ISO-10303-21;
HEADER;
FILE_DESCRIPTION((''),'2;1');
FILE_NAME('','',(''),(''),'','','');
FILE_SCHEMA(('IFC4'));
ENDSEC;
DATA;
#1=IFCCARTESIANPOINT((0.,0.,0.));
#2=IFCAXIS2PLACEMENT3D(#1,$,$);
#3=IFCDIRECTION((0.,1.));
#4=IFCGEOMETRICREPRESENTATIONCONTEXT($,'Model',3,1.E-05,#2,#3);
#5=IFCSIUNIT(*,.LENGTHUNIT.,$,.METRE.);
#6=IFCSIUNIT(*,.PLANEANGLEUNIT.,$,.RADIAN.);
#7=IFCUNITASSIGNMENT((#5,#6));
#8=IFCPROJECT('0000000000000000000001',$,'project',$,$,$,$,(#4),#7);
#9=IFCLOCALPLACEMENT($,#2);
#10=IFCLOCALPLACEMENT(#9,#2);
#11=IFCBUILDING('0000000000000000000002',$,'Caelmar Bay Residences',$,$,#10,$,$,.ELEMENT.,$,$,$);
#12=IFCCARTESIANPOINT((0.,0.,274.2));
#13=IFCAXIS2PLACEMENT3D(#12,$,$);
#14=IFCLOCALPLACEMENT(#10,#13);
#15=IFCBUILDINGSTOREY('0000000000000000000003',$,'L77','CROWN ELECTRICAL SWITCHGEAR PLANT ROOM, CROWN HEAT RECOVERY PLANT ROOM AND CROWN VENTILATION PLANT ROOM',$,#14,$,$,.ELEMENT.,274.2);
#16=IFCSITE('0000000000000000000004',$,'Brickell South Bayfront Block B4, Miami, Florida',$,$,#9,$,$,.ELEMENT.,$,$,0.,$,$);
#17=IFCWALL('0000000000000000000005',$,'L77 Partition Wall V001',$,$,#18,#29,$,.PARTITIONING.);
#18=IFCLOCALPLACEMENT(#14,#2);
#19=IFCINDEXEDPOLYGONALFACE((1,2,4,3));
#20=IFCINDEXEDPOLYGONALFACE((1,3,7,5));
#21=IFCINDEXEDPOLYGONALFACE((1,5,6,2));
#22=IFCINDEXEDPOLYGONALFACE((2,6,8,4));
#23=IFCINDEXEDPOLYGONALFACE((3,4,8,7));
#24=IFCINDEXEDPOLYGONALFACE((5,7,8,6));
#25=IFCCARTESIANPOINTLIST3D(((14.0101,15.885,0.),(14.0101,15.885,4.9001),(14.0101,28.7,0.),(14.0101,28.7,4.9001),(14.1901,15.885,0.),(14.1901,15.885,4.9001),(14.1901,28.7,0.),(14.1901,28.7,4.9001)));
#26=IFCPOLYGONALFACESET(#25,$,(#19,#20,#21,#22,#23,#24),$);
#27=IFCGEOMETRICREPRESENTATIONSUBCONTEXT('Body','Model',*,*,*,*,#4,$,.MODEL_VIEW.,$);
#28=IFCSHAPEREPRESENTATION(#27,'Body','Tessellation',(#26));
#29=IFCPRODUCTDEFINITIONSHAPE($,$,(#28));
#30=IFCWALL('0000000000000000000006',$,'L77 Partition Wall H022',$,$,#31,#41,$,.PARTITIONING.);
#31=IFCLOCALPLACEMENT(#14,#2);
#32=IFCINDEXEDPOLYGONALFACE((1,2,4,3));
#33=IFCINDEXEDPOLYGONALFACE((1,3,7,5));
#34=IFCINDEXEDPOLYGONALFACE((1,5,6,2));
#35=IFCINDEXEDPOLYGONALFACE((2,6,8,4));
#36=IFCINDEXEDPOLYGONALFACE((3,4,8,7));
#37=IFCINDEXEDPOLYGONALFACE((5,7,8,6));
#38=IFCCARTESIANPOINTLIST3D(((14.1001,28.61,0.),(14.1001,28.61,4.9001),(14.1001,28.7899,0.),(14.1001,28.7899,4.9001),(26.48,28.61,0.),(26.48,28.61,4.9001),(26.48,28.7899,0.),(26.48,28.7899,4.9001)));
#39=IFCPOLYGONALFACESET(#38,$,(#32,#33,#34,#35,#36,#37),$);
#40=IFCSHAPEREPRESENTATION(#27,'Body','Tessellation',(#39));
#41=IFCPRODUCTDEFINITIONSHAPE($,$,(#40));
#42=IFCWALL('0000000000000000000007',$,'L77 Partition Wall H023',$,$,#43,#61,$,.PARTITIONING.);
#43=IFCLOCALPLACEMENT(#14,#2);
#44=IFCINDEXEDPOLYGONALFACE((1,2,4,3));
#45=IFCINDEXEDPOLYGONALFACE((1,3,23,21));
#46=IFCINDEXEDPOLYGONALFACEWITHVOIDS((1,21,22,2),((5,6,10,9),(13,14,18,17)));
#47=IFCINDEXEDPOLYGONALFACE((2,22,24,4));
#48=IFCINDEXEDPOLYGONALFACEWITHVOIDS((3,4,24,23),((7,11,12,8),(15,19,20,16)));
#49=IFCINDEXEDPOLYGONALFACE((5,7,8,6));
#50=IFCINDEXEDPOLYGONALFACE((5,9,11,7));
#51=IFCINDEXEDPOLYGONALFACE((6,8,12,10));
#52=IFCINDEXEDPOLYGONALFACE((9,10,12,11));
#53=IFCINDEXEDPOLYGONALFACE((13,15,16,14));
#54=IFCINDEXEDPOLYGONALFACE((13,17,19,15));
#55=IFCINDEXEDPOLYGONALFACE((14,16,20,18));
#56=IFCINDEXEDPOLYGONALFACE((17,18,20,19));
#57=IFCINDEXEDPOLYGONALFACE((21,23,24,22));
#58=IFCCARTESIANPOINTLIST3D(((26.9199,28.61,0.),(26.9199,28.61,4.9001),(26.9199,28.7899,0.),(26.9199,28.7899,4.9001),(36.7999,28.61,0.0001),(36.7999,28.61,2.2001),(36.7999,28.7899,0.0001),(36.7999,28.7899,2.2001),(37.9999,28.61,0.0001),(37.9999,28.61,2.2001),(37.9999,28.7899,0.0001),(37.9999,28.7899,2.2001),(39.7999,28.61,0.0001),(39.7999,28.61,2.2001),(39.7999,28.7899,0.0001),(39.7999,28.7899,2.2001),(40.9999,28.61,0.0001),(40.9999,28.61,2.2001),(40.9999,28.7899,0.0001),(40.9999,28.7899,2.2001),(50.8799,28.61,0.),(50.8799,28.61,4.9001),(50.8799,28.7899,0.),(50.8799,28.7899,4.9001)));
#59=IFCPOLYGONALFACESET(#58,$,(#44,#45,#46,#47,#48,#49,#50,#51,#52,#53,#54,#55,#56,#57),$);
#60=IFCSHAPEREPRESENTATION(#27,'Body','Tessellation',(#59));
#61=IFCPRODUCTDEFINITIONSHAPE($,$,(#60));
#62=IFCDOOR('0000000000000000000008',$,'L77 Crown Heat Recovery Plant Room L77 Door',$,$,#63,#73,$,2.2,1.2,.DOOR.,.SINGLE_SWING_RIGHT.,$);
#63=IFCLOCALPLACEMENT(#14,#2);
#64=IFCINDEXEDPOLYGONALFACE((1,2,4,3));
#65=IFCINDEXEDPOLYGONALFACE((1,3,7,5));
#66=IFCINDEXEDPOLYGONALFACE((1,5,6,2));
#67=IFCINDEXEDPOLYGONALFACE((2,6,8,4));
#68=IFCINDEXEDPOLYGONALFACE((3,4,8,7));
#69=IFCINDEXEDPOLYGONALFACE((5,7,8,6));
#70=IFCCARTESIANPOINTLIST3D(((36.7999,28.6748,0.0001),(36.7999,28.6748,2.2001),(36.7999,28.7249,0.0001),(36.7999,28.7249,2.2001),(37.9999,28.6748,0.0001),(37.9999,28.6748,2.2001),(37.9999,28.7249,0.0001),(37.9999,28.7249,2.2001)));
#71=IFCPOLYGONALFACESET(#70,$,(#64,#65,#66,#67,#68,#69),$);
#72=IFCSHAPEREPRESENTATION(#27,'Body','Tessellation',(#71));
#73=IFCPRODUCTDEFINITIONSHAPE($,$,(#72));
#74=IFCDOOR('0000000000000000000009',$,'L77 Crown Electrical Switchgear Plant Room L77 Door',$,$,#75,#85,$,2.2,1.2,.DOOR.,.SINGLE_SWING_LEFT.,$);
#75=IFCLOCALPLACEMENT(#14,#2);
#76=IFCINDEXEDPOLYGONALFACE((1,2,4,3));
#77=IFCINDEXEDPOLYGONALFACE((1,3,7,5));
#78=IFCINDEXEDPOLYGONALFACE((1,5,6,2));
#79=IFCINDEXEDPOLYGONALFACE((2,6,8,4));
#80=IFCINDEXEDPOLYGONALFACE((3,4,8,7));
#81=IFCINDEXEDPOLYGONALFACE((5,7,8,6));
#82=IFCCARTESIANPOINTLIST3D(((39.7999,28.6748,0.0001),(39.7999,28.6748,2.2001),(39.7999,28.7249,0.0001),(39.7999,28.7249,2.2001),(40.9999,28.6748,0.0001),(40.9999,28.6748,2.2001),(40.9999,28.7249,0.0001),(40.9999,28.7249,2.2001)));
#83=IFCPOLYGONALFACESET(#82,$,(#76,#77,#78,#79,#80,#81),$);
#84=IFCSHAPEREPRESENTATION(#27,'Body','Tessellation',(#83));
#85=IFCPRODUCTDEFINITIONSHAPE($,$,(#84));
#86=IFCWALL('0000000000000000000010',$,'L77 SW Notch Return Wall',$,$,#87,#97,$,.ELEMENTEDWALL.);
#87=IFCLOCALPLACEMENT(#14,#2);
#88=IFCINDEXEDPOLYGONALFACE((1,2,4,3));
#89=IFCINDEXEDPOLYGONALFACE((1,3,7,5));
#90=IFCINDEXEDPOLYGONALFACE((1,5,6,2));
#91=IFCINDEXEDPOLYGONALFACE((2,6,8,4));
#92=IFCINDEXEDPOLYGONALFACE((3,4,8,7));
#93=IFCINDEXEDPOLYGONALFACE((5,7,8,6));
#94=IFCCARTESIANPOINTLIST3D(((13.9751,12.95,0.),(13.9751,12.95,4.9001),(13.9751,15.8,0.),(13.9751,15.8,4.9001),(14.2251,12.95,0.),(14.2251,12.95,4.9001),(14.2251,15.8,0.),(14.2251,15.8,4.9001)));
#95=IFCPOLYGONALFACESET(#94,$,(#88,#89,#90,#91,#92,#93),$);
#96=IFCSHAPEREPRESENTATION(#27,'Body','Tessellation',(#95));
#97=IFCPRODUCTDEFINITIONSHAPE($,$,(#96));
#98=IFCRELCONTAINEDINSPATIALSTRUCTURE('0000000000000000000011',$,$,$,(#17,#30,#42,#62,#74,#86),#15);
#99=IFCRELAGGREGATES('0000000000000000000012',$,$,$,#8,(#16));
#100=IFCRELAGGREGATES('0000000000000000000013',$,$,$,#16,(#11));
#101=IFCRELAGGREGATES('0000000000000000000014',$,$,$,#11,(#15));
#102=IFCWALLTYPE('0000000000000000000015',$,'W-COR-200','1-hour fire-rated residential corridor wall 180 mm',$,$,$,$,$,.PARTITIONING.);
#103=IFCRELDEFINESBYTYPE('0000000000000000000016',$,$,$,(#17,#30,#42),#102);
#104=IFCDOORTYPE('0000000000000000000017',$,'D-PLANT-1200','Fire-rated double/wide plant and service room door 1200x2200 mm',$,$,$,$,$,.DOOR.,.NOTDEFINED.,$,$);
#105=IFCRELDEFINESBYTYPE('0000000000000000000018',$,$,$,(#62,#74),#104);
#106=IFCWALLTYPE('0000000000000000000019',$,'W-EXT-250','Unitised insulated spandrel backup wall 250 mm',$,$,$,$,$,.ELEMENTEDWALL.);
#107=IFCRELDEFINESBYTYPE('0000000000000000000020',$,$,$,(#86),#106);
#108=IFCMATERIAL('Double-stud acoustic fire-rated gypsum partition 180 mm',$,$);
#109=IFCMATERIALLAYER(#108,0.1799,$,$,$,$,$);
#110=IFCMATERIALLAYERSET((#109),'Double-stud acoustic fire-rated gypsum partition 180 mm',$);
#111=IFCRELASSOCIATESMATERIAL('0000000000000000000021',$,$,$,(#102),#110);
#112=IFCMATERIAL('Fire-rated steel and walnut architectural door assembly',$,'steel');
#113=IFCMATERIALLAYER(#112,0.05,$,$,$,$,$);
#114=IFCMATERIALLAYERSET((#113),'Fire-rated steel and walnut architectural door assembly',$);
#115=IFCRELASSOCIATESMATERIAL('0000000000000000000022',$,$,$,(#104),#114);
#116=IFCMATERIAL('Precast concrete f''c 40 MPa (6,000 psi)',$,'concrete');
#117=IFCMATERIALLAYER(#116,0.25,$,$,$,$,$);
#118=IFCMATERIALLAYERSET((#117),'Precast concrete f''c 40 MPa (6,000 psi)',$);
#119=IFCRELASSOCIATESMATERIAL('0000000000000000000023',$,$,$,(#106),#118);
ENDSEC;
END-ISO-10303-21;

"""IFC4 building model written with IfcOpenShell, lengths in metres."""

from ifc_helpers import new_model, si_unit, direction, frame, frame_2d, origin, place, context, subcontext, project, spatial, rectangle, extrude, material, layer, layer_set, type_object, element, fill, save


model = new_model("IFC4")

# Units and contexts
model_context = context("Model", 3, precision=1e-05, world=origin(), true_north=direction((0.0, 1.0)))
body_context = subcontext(model_context, "Body", "Model", "MODEL_VIEW")
ifc_project = project(units=[si_unit("LENGTHUNIT", "METRE"), si_unit("PLANEANGLEUNIT", "RADIAN")], contexts=[model_context])

# Site, building, storey
site_placement = place(None, origin())
site = spatial("IfcSite", under=ifc_project, at=site_placement, Name="Brickell South Bayfront Block B4, Miami, Florida", CompositionType="ELEMENT", RefElevation=0.0)
building_placement = place(site_placement, origin())
building = spatial("IfcBuilding", under=site, at=building_placement, Name="Caelmar Bay Residences", CompositionType="ELEMENT")
storey_placement = place(building_placement, frame((0.0, 0.0, 274.2)))
storey = spatial("IfcBuildingStorey", under=building, at=storey_placement, Name="L77", Description="CROWN ELECTRICAL SWITCHGEAR PLANT ROOM, CROWN HEAT RECOVERY PLANT ROOM AND CROWN VENTILATION PLANT ROOM", CompositionType="ELEMENT", Elevation=274.2)

# Walls
ifc_material_1 = material(Name="Double-stud acoustic fire-rated gypsum partition 180 mm")
ifc_layer_1 = layer(ifc_material_1, 0.1799)
ifc_layer_set_1 = layer_set([ifc_layer_1], Name="Double-stud acoustic fire-rated gypsum partition 180 mm")
wall_type_1 = type_object("IfcWallType", Name="W-COR-200", Description="1-hour fire-rated residential corridor wall 180 mm", PredefinedType="PARTITIONING", material=ifc_layer_set_1)
wall_1_placement = place(storey_placement, frame((14.1001, 15.885, 0.0), z_axis=(0.0, 0.0, 1.0), x_axis=(0.0, 1.0, 0.0)))
element("IfcWall", 1, at=wall_1_placement, inside=storey, type_object=wall_type_1, Name="L77 Partition Wall V001", PredefinedType="PARTITIONING", context=body_context, shape_type="SweptSolid", body=[
    extrude(rectangle(XDim=12.8149, YDim=0.1799, at=frame_2d((6.4075, 0.0))), origin(), (0.0, 0.0, 1.0), 4.9001),
])
wall_2_placement = place(storey_placement, frame((14.1001, 28.7, 0.0), z_axis=(0.0, 0.0, 1.0), x_axis=(1.0, 0.0, 0.0)))
element("IfcWall", 2, at=wall_2_placement, inside=storey, type_object=wall_type_1, Name="L77 Partition Wall H022", PredefinedType="PARTITIONING", context=body_context, shape_type="SweptSolid", body=[
    extrude(rectangle(XDim=12.3799, YDim=0.1799, at=frame_2d((6.1899, 0.0))), origin(), (0.0, 0.0, 1.0), 4.9001),
])

# Wall, openings, doors
wall_3_placement = place(storey_placement, frame((26.9199, 28.7, 0.0), z_axis=(0.0, 0.0, 1.0), x_axis=(1.0, 0.0, 0.0)))
wall_3 = element("IfcWall", 3, at=wall_3_placement, inside=storey, type_object=wall_type_1, Name="L77 Partition Wall H023", PredefinedType="PARTITIONING", context=body_context, shape_type="SweptSolid", body=[
    extrude(rectangle(XDim=23.96, YDim=0.1799, at=frame_2d((11.98, 0.0))), origin(), (0.0, 0.0, 1.0), 4.9001),
])
opening_1_placement = place(wall_3_placement, frame((9.8799, 0.0, 0.0)))
opening_1 = element("IfcOpeningElement", 4, at=opening_1_placement, cuts=wall_3, PredefinedType="OPENING", context=body_context, shape_type="SweptSolid", body=[
    extrude(rectangle(XDim=1.2, YDim=2.2, at=frame_2d((0.6001, 1.1001))), frame((0.0, 0.0999, 0.0), z_axis=(0.0, -1.0, 0.0), x_axis=(1.0, 0.0, 0.0)), (0.0, 0.0, 1.0), 0.2),
])
opening_2_placement = place(wall_3_placement, frame((12.8799, 0.0, 0.0)))
opening_2 = element("IfcOpeningElement", 5, at=opening_2_placement, cuts=wall_3, PredefinedType="OPENING", context=body_context, shape_type="SweptSolid", body=[
    extrude(rectangle(XDim=1.2, YDim=2.2, at=frame_2d((0.6001, 1.1001))), frame((0.0, 0.0999, 0.0), z_axis=(0.0, -1.0, 0.0), x_axis=(1.0, 0.0, 0.0)), (0.0, 0.0, 1.0), 0.2),
])
ifc_material_2 = material(Name="Fire-rated steel and walnut architectural door assembly", Category="steel")
ifc_layer_2 = layer(ifc_material_2, 0.05)
ifc_layer_set_2 = layer_set([ifc_layer_2], Name="Fire-rated steel and walnut architectural door assembly")
door_type = type_object("IfcDoorType", Name="D-PLANT-1200", Description="Fire-rated double/wide plant and service room door 1200x2200 mm", OperationType="NOTDEFINED", PredefinedType="DOOR", material=ifc_layer_set_2)
door_1_placement = place(opening_1_placement, origin())
door_1 = element("IfcDoor", 6, at=door_1_placement, inside=storey, type_object=door_type, Name="L77 Crown Heat Recovery Plant Room L77 Door", OperationType="SINGLE_SWING_RIGHT", OverallHeight=2.2, OverallWidth=1.2, PredefinedType="DOOR", context=body_context, shape_type="SweptSolid", body=[
    extrude(rectangle(XDim=1.2, YDim=2.2, at=frame_2d((0.6001, 1.1001))), frame((0.0, 0.0249, 0.0), z_axis=(0.0, -1.0, 0.0), x_axis=(1.0, 0.0, 0.0)), (0.0, 0.0, 1.0), 0.05),
])
fill(opening_1, door_1)
door_2_placement = place(opening_2_placement, origin())
door_2 = element("IfcDoor", 7, at=door_2_placement, inside=storey, type_object=door_type, Name="L77 Crown Electrical Switchgear Plant Room L77 Door", OperationType="SINGLE_SWING_LEFT", OverallHeight=2.2, OverallWidth=1.2, PredefinedType="DOOR", context=body_context, shape_type="SweptSolid", body=[
    extrude(rectangle(XDim=1.2, YDim=2.2, at=frame_2d((0.6001, 1.1001))), frame((0.0, 0.0249, 0.0), z_axis=(0.0, -1.0, 0.0), x_axis=(1.0, 0.0, 0.0)), (0.0, 0.0, 1.0), 0.05),
])
fill(opening_2, door_2)

# Wall
ifc_material_3 = material(Name="Precast concrete f'c 40 MPa (6,000 psi)", Category="concrete")
ifc_layer_3 = layer(ifc_material_3, 0.25)
ifc_layer_set_3 = layer_set([ifc_layer_3], Name="Precast concrete f'c 40 MPa (6,000 psi)")
wall_type_2 = type_object("IfcWallType", Name="W-EXT-250", Description="Unitised insulated spandrel backup wall 250 mm", PredefinedType="ELEMENTEDWALL", material=ifc_layer_set_3)
wall_4_placement = place(storey_placement, frame((14.1001, 15.8, 0.0), z_axis=(0.0, 0.0, 1.0), x_axis=(0.0, -1.0, 0.0)))
element("IfcWall", 8, at=wall_4_placement, inside=storey, type_object=wall_type_2, Name="L77 SW Notch Return Wall", PredefinedType="ELEMENTEDWALL", context=body_context, shape_type="SweptSolid", body=[
    extrude(rectangle(XDim=2.8501, YDim=0.25, at=frame_2d((1.425, 0.0))), origin(), (0.0, 0.0, 1.0), 4.9001),
])

save(model, "model.ifc")
